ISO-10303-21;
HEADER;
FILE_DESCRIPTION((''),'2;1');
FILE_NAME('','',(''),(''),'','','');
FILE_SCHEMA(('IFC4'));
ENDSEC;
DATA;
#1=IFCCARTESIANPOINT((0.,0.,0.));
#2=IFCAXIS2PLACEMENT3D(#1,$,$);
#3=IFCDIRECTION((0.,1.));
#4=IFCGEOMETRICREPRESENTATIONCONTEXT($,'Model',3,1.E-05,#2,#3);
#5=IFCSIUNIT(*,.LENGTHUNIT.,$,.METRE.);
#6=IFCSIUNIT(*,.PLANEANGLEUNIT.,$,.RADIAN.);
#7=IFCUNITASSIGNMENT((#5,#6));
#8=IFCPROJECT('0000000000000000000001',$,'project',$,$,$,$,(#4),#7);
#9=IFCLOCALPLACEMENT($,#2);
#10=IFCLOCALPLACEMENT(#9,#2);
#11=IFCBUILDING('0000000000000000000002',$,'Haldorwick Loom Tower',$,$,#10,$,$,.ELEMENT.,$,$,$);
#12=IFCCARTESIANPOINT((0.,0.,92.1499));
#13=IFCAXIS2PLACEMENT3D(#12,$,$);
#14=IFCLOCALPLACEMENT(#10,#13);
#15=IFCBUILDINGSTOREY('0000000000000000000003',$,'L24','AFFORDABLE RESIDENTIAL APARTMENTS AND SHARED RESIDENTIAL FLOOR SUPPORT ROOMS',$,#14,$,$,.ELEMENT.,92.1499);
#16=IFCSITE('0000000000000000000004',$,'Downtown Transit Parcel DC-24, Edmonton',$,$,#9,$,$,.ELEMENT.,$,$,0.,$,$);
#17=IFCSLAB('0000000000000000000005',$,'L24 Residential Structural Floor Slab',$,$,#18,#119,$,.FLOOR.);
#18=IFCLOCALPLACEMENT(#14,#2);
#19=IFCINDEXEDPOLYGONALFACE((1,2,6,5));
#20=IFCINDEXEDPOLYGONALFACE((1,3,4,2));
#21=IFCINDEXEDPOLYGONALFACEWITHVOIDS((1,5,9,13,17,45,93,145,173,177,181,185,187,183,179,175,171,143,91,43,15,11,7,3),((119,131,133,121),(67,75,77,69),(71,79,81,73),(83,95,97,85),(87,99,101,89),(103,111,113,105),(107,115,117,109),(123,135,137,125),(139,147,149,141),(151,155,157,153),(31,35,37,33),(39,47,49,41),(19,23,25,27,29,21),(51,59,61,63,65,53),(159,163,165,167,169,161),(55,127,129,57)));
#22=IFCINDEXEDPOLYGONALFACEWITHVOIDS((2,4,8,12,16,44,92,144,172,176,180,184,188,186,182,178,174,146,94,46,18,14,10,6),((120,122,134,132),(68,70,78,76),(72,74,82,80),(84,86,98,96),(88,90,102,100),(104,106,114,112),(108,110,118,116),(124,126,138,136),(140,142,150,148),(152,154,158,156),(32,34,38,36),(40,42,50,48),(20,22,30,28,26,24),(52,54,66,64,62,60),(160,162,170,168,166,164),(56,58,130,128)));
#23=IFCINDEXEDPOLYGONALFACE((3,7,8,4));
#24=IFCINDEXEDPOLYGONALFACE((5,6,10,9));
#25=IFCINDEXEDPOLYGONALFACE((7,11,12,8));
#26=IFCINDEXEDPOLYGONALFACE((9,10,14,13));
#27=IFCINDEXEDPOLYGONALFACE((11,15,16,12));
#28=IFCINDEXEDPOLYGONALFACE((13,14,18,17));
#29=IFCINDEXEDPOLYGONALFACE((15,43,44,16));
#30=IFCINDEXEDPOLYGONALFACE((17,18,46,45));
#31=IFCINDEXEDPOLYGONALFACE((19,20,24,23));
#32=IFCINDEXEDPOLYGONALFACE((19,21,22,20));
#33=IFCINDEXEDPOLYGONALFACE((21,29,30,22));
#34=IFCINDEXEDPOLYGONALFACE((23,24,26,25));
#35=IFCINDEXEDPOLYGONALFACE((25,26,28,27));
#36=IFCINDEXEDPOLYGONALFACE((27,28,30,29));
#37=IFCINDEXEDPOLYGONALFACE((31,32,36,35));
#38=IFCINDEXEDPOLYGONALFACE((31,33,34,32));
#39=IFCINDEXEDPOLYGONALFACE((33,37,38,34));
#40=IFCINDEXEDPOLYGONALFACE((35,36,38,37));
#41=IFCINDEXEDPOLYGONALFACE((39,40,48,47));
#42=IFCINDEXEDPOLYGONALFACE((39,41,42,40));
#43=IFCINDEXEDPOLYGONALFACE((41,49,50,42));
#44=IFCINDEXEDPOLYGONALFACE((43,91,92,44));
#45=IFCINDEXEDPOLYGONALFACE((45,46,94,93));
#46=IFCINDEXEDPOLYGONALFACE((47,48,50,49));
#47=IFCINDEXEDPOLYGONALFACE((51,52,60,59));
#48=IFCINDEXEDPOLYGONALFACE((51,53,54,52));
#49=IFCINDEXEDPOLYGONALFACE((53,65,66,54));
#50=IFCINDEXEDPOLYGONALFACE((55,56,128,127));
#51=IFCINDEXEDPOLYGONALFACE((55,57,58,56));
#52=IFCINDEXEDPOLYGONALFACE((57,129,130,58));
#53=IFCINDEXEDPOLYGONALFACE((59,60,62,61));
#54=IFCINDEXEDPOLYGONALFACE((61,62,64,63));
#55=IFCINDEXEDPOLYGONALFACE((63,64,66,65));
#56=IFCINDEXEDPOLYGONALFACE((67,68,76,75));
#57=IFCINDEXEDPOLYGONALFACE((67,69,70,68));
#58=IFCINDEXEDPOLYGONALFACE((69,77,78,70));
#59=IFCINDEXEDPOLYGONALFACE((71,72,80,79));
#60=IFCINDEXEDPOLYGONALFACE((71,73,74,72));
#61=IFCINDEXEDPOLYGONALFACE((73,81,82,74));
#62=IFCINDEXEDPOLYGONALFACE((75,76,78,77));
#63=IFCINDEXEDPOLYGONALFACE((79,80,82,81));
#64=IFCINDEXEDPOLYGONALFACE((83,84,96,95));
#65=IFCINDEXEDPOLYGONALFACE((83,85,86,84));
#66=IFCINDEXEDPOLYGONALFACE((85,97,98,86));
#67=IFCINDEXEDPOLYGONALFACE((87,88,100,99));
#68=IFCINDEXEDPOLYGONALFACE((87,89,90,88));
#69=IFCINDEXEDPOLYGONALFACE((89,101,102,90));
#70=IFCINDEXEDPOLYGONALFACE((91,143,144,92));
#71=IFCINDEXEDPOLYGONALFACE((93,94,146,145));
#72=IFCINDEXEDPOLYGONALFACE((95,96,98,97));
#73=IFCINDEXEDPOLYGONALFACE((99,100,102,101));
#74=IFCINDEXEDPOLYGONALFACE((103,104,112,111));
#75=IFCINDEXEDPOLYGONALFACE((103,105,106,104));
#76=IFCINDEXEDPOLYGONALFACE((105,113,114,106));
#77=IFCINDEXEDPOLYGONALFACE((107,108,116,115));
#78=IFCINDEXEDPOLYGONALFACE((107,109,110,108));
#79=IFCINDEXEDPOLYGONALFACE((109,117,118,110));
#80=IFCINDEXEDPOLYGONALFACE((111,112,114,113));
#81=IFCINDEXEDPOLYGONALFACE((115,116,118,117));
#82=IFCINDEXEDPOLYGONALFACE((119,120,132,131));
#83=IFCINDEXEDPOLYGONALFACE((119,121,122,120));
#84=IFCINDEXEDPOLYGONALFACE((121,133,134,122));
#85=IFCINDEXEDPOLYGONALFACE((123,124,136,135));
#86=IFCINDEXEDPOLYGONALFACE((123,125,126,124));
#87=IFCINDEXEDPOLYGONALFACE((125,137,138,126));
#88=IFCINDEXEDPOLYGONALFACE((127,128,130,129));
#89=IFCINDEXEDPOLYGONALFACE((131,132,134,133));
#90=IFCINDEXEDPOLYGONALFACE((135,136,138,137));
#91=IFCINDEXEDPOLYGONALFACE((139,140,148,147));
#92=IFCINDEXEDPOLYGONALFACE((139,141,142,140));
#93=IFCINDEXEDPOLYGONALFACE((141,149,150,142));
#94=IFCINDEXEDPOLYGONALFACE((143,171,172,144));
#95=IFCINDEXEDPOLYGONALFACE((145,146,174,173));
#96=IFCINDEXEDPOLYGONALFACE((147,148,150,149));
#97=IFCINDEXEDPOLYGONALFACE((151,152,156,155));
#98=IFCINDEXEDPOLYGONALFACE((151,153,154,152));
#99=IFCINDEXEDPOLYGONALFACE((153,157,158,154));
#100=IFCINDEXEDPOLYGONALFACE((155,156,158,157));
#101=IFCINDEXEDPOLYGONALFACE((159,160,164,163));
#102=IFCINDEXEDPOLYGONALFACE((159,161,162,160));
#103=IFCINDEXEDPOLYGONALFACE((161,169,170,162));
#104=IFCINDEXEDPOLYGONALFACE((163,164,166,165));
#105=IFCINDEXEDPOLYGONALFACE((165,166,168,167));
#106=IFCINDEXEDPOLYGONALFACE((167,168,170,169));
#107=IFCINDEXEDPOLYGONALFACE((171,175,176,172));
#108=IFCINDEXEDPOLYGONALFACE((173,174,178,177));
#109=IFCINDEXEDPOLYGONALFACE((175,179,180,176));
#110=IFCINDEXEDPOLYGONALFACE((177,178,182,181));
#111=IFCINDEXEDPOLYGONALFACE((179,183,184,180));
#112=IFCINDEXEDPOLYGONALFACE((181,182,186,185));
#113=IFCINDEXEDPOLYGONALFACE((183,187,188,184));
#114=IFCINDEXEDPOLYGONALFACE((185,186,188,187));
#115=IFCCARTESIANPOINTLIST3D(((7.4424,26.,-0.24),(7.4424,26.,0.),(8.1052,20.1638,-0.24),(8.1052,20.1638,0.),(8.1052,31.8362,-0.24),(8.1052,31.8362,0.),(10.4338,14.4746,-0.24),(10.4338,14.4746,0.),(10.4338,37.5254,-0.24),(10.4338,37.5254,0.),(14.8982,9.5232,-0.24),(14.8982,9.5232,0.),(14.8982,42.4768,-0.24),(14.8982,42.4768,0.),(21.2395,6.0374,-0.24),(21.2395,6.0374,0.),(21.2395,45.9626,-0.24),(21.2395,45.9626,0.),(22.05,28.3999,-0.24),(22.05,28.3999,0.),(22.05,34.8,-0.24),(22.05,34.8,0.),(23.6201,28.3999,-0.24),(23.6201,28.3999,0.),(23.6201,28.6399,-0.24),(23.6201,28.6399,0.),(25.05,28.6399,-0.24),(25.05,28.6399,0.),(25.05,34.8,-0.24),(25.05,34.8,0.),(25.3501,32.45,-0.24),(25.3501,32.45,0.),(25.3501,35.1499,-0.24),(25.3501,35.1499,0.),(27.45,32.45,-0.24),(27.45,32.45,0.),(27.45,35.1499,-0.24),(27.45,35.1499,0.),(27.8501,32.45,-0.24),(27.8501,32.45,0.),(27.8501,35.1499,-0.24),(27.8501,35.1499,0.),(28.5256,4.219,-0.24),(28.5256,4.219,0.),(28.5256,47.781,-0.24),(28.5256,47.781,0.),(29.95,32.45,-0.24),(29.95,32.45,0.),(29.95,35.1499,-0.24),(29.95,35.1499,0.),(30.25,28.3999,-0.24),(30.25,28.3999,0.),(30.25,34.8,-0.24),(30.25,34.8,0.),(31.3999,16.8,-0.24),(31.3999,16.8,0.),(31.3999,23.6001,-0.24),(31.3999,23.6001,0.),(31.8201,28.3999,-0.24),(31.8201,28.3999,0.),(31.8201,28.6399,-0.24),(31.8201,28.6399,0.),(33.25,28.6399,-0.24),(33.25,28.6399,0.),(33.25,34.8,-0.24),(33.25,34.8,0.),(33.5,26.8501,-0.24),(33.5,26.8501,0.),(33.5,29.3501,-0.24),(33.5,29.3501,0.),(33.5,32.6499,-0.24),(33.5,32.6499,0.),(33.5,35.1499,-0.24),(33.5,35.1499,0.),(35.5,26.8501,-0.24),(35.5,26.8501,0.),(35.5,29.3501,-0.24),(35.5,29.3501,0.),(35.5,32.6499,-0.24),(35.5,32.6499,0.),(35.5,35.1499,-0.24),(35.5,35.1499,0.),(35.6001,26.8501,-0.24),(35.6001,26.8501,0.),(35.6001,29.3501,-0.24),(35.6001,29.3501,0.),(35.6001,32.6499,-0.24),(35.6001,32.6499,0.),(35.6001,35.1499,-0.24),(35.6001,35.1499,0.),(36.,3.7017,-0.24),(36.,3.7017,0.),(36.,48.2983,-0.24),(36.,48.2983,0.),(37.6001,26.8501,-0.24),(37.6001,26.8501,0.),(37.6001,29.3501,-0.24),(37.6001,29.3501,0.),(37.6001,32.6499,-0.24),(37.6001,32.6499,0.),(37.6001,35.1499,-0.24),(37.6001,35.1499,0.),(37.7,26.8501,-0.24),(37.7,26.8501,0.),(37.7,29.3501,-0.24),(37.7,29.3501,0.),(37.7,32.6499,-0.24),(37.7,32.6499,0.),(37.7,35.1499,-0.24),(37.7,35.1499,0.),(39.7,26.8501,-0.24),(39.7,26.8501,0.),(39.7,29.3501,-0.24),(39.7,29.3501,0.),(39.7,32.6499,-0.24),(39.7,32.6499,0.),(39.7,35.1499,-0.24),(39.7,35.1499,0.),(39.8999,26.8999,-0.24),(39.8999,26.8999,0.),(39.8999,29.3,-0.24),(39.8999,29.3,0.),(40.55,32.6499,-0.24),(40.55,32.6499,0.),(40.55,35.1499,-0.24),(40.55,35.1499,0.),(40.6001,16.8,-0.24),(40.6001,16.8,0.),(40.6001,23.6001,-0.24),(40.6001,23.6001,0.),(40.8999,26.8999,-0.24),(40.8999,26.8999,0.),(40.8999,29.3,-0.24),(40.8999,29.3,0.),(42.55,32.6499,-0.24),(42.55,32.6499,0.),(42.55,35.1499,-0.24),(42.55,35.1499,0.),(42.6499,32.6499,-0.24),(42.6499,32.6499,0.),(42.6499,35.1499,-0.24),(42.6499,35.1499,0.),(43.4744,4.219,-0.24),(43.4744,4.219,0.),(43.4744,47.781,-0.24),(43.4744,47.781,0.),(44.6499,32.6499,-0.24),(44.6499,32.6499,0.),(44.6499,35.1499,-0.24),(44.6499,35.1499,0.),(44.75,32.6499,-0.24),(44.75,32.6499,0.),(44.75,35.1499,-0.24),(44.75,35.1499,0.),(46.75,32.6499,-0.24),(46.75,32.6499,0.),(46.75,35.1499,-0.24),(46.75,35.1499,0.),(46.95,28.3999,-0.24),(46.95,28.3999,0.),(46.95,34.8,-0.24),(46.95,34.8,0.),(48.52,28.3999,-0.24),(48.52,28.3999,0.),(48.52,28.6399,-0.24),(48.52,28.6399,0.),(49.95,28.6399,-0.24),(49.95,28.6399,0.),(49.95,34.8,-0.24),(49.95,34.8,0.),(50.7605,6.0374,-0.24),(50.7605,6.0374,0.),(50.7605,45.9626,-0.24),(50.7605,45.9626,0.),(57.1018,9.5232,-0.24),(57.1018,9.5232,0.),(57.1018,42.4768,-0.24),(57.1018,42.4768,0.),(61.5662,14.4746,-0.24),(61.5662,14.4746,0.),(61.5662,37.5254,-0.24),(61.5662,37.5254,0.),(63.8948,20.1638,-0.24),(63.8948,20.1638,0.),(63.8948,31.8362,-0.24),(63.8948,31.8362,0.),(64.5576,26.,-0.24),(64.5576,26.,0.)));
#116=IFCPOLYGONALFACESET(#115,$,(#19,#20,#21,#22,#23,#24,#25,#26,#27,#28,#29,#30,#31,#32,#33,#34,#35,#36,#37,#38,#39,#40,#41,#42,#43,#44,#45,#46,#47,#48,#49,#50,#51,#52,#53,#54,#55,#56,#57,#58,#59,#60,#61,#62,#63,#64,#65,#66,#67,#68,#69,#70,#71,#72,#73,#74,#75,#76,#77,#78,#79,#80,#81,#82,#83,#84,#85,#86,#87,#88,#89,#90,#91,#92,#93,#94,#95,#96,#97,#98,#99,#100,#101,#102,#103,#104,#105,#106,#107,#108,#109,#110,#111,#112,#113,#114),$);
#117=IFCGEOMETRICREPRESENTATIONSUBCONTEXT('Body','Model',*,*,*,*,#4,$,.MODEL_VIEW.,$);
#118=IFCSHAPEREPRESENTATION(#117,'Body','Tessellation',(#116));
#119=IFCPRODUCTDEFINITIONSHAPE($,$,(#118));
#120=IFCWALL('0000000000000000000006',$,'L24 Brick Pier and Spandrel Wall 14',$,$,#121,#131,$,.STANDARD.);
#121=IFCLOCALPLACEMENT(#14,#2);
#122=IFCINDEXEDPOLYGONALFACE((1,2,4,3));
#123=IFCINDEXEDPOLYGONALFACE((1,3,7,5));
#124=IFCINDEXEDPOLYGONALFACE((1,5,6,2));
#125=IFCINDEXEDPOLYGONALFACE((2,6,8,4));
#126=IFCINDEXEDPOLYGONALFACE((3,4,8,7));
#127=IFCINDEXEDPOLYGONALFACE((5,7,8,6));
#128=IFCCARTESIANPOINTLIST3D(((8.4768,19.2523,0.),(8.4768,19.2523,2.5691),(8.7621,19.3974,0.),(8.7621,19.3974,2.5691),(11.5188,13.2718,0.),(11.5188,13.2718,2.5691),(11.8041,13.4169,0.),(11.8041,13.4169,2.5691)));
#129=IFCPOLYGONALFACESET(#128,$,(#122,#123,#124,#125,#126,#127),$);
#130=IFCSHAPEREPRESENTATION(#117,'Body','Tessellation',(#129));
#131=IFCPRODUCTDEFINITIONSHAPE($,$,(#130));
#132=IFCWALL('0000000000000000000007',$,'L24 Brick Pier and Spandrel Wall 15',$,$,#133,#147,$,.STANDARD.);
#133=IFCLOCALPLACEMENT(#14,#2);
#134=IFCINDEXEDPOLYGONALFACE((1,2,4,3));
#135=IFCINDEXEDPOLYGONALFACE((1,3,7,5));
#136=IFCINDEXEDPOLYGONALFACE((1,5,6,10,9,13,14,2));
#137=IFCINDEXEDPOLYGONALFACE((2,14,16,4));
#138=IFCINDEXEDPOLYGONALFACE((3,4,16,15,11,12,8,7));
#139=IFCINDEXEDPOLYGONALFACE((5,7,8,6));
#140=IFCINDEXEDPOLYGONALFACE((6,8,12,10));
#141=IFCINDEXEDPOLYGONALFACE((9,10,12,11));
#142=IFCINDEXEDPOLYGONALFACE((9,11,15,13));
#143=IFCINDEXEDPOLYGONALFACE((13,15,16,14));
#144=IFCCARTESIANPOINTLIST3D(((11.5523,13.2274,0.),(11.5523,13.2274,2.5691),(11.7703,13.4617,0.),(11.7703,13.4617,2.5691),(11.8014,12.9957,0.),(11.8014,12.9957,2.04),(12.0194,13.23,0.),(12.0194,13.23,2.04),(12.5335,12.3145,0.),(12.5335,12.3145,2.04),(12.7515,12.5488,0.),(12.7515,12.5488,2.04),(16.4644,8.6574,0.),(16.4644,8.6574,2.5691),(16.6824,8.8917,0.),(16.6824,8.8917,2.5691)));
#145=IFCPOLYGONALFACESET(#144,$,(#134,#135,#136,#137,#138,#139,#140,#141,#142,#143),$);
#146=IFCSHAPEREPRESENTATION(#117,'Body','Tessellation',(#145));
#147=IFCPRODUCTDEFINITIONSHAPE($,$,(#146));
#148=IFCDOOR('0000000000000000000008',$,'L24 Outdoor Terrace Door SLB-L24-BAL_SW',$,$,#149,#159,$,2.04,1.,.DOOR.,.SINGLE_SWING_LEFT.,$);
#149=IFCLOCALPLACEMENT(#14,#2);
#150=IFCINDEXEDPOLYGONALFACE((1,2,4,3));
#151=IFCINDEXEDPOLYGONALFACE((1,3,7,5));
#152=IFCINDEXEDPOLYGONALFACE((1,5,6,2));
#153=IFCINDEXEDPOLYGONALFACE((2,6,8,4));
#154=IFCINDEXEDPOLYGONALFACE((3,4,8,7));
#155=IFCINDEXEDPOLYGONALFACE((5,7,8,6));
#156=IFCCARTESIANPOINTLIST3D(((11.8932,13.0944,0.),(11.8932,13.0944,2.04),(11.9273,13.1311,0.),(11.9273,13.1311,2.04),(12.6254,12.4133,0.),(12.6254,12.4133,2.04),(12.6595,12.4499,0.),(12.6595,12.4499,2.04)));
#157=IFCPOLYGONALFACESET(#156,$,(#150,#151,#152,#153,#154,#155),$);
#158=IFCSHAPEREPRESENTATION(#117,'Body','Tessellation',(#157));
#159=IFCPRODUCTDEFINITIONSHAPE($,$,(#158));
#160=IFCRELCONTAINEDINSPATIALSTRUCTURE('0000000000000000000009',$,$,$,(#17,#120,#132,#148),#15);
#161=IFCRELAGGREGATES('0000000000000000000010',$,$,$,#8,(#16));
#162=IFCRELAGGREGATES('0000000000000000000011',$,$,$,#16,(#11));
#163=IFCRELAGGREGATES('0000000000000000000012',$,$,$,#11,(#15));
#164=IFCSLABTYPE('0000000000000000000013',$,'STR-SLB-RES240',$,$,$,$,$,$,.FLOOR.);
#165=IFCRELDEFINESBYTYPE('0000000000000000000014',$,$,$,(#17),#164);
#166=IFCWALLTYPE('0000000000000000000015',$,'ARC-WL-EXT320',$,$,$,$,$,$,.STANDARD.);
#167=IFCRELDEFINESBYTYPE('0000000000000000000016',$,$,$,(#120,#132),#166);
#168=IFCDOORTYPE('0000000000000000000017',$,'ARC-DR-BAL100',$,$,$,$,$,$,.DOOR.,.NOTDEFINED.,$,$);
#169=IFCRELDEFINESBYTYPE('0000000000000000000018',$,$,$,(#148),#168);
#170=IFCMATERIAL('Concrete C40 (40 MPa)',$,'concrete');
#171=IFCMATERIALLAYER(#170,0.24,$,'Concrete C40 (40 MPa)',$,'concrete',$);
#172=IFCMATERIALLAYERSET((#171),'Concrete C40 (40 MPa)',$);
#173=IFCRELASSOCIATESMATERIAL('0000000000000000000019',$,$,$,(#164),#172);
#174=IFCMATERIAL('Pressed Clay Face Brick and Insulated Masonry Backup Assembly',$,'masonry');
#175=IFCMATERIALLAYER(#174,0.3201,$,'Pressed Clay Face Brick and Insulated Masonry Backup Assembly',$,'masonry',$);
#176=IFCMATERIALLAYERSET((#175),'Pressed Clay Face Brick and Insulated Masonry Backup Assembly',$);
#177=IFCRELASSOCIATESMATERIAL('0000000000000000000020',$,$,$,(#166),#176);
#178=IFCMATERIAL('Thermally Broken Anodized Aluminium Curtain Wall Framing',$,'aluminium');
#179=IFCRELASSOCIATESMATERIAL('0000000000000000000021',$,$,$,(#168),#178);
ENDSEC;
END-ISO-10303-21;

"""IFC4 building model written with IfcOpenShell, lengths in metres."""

from ifc_helpers import new_model, si_unit, direction, frame, frame_2d, origin, place, context, subcontext, project, spatial, polyline, rectangle, outline, extrude, material, layer, layer_set, type_object, element, fill, save


model = new_model("IFC4")

# Units and contexts
model_context = context("Model", 3, precision=1e-05, world=origin(), true_north=direction((0.0, 1.0)))
body_context = subcontext(model_context, "Body", "Model", "MODEL_VIEW")
ifc_project = project(units=[si_unit("LENGTHUNIT", "METRE"), si_unit("PLANEANGLEUNIT", "RADIAN")], contexts=[model_context])

# Site, building, storey
site_placement = place(None, origin())
site = spatial("IfcSite", under=ifc_project, at=site_placement, Name="Downtown Transit Parcel DC-24, Edmonton", CompositionType="ELEMENT", RefElevation=0.0)
building_placement = place(site_placement, origin())
building = spatial("IfcBuilding", under=site, at=building_placement, Name="Haldorwick Loom Tower", CompositionType="ELEMENT")
storey_placement = place(building_placement, frame((0.0, 0.0, 92.1499)))
storey = spatial("IfcBuildingStorey", under=building, at=storey_placement, Name="L24", Description="AFFORDABLE RESIDENTIAL APARTMENTS AND SHARED RESIDENTIAL FLOOR SUPPORT ROOMS", CompositionType="ELEMENT", Elevation=92.1499)

# Shared definitions
ifc_material_1 = material(Name="Concrete C40 (40 MPa)", Category="concrete")

# Slab
ifc_layer_1 = layer(ifc_material_1, 0.24, Name="Concrete C40 (40 MPa)", Category="concrete")
ifc_layer_set_1 = layer_set([ifc_layer_1], Name="Concrete C40 (40 MPa)")
slab_type_1 = type_object("IfcSlabType", Name="STR-SLB-RES240", PredefinedType="FLOOR", material=ifc_layer_set_1)
slab_1_placement = place(storey_placement, frame((0.0, 0.0, -0.24)))
element("IfcSlab", 1, at=slab_1_placement, inside=storey, type_object=slab_type_1, Name="L24 Residential Structural Floor Slab", PredefinedType="FLOOR", context=body_context, shape_type="SweptSolid", body=[
    extrude(outline(polyline([(57.1018, 9.5232), (61.5662, 14.4746), (63.8948, 20.1638), (64.5576, 26.0), (63.8948, 31.8362), (61.5662, 37.5254), (57.1018, 42.4768), (50.7605, 45.9626), (43.4744, 47.781), (36.0, 48.2983), (28.5256, 47.781), (21.2395, 45.9626), (14.8982, 42.4768), (10.4338, 37.5254), (8.1052, 31.8362), (7.4424, 26.0), (8.1052, 20.1638), (10.4338, 14.4746), (14.8982, 9.5232), (21.2395, 6.0374), (28.5256, 4.219), (36.0, 3.7017), (43.4744, 4.219), (50.7605, 6.0374), (57.1018, 9.5232)]), holes=[polyline([(31.3999, 23.6001), (40.6001, 23.6001), (40.6001, 16.8), (31.3999, 16.8), (31.3999, 23.6001)]), polyline([(33.5, 26.8501), (33.5, 29.3501), (35.5, 29.3501), (35.5, 26.8501), (33.5, 26.8501)]), polyline([(22.05, 28.3999), (22.05, 34.8), (25.05, 34.8), (25.05, 28.6399), (23.6201, 28.6399), (23.6201, 28.3999), (22.05, 28.3999)]), polyline([(30.25, 28.3999), (30.25, 34.8), (33.25, 34.8), (33.25, 28.6399), (31.8201, 28.6399), (31.8201, 28.3999), (30.25, 28.3999)]), polyline([(25.3501, 32.45), (25.3501, 35.1499), (27.45, 35.1499), (27.45, 32.45), (25.3501, 32.45)]), polyline([(27.8501, 32.45), (27.8501, 35.1499), (29.95, 35.1499), (29.95, 32.45), (27.8501, 32.45)]), polyline([(33.5, 32.6499), (33.5, 35.1499), (35.5, 35.1499), (35.5, 32.6499), (33.5, 32.6499)]), polyline([(35.6001, 32.6499), (35.6001, 35.1499), (37.6001, 35.1499), (37.6001, 32.6499), (35.6001, 32.6499)]), polyline([(35.6001, 26.8501), (35.6001, 29.3501), (37.6001, 29.3501), (37.6001, 26.8501), (35.6001, 26.8501)]), polyline([(37.7, 26.8501), (37.7, 29.3501), (39.7, 29.3501), (39.7, 26.8501), (37.7, 26.8501)]), polyline([(39.8999, 26.8999), (39.8999, 29.3), (40.8999, 29.3), (40.8999, 26.8999), (39.8999, 26.8999)]), polyline([(46.95, 28.3999), (46.95, 34.8), (49.95, 34.8), (49.95, 28.6399), (48.52, 28.6399), (48.52, 28.3999), (46.95, 28.3999)]), polyline([(37.7, 32.6499), (37.7, 35.1499), (39.7, 35.1499), (39.7, 32.6499), (37.7, 32.6499)]), polyline([(40.55, 32.6499), (40.55, 35.1499), (42.55, 35.1499), (42.55, 32.6499), (40.55, 32.6499)]), polyline([(42.6499, 32.6499), (42.6499, 35.1499), (44.6499, 35.1499), (44.6499, 32.6499), (42.6499, 32.6499)]), polyline([(44.75, 32.6499), (44.75, 35.1499), (46.75, 35.1499), (46.75, 32.6499), (44.75, 32.6499)])]), origin(), (0.0, 0.0, 1.0), 0.24),
])

# Wall
ifc_material_2 = material(Name="Pressed Clay Face Brick and Insulated Masonry Backup Assembly", Category="masonry")
ifc_layer_2 = layer(ifc_material_2, 0.3201, Name="Pressed Clay Face Brick and Insulated Masonry Backup Assembly", Category="masonry")
ifc_layer_set_2 = layer_set([ifc_layer_2], Name="Pressed Clay Face Brick and Insulated Masonry Backup Assembly")
wall_type_1 = type_object("IfcWallType", Name="ARC-WL-EXT320", PredefinedType="STANDARD", material=ifc_layer_set_2)
wall_1_placement = place(storey_placement, frame((8.6194, 19.325, 0.0), z_axis=(0.0, 0.0, 1.0), x_axis=(0.453374, -0.89132, 0.0)))
element("IfcWall", 2, at=wall_1_placement, inside=storey, type_object=wall_type_1, Name="L24 Brick Pier and Spandrel Wall 14", PredefinedType="STANDARD", context=body_context, shape_type="SweptSolid", body=[
    extrude(rectangle(XDim=6.7097, YDim=0.3201, at=frame_2d((3.355, 0.0))), origin(), (0.0, 0.0, 1.0), 2.5691),
])

# Wall, opening, door
wall_2_placement = place(storey_placement, frame((11.6614, 13.3445, 0.0), z_axis=(0.0, 0.0, 1.0), x_axis=(0.732137, -0.681157, 0.0)))
wall_2 = element("IfcWall", 3, at=wall_2_placement, inside=storey, type_object=wall_type_1, Name="L24 Brick Pier and Spandrel Wall 15", PredefinedType="STANDARD", context=body_context, shape_type="SweptSolid", body=[
    extrude(rectangle(XDim=6.7092, YDim=0.3201, at=frame_2d((3.3545, 0.0))), origin(), (0.0, 0.0, 1.0), 2.5691),
])
opening_1_placement = place(wall_2_placement, frame((0.3401, 0.0, 0.0)))
opening_1 = element("IfcOpeningElement", 4, at=opening_1_placement, cuts=wall_2, PredefinedType="OPENING", context=body_context, shape_type="SweptSolid", body=[
    extrude(rectangle(XDim=1.0, YDim=2.04, at=frame_2d((0.5, 1.02))), frame((0.0, 0.1699, 0.0), z_axis=(0.0, -1.0, 0.0), x_axis=(1.0, 0.0, 0.0)), (0.0, 0.0, 1.0), 0.3401),
])
ifc_material_3 = material(Name="Thermally Broken Anodized Aluminium Curtain Wall Framing", Category="aluminium")
door_type_1 = type_object("IfcDoorType", Name="ARC-DR-BAL100", OperationType="NOTDEFINED", PredefinedType="DOOR", material=ifc_material_3)
door_1_placement = place(opening_1_placement, origin())
door_1 = element("IfcDoor", 5, at=door_1_placement, inside=storey, type_object=door_type_1, Name="L24 Outdoor Terrace Door SLB-L24-BAL_SW", OperationType="SINGLE_SWING_LEFT", OverallHeight=2.04, OverallWidth=1.0, PredefinedType="DOOR", context=body_context, shape_type="SweptSolid", body=[
    extrude(rectangle(XDim=1.0, YDim=2.04, at=frame_2d((0.5, 1.02))), frame((0.0, 0.0249, 0.0), z_axis=(0.0, -1.0, 0.0), x_axis=(1.0, 0.0, 0.0)), (0.0, 0.0, 1.0), 0.05),
])
fill(opening_1, door_1)

save(model, "model.ifc")
